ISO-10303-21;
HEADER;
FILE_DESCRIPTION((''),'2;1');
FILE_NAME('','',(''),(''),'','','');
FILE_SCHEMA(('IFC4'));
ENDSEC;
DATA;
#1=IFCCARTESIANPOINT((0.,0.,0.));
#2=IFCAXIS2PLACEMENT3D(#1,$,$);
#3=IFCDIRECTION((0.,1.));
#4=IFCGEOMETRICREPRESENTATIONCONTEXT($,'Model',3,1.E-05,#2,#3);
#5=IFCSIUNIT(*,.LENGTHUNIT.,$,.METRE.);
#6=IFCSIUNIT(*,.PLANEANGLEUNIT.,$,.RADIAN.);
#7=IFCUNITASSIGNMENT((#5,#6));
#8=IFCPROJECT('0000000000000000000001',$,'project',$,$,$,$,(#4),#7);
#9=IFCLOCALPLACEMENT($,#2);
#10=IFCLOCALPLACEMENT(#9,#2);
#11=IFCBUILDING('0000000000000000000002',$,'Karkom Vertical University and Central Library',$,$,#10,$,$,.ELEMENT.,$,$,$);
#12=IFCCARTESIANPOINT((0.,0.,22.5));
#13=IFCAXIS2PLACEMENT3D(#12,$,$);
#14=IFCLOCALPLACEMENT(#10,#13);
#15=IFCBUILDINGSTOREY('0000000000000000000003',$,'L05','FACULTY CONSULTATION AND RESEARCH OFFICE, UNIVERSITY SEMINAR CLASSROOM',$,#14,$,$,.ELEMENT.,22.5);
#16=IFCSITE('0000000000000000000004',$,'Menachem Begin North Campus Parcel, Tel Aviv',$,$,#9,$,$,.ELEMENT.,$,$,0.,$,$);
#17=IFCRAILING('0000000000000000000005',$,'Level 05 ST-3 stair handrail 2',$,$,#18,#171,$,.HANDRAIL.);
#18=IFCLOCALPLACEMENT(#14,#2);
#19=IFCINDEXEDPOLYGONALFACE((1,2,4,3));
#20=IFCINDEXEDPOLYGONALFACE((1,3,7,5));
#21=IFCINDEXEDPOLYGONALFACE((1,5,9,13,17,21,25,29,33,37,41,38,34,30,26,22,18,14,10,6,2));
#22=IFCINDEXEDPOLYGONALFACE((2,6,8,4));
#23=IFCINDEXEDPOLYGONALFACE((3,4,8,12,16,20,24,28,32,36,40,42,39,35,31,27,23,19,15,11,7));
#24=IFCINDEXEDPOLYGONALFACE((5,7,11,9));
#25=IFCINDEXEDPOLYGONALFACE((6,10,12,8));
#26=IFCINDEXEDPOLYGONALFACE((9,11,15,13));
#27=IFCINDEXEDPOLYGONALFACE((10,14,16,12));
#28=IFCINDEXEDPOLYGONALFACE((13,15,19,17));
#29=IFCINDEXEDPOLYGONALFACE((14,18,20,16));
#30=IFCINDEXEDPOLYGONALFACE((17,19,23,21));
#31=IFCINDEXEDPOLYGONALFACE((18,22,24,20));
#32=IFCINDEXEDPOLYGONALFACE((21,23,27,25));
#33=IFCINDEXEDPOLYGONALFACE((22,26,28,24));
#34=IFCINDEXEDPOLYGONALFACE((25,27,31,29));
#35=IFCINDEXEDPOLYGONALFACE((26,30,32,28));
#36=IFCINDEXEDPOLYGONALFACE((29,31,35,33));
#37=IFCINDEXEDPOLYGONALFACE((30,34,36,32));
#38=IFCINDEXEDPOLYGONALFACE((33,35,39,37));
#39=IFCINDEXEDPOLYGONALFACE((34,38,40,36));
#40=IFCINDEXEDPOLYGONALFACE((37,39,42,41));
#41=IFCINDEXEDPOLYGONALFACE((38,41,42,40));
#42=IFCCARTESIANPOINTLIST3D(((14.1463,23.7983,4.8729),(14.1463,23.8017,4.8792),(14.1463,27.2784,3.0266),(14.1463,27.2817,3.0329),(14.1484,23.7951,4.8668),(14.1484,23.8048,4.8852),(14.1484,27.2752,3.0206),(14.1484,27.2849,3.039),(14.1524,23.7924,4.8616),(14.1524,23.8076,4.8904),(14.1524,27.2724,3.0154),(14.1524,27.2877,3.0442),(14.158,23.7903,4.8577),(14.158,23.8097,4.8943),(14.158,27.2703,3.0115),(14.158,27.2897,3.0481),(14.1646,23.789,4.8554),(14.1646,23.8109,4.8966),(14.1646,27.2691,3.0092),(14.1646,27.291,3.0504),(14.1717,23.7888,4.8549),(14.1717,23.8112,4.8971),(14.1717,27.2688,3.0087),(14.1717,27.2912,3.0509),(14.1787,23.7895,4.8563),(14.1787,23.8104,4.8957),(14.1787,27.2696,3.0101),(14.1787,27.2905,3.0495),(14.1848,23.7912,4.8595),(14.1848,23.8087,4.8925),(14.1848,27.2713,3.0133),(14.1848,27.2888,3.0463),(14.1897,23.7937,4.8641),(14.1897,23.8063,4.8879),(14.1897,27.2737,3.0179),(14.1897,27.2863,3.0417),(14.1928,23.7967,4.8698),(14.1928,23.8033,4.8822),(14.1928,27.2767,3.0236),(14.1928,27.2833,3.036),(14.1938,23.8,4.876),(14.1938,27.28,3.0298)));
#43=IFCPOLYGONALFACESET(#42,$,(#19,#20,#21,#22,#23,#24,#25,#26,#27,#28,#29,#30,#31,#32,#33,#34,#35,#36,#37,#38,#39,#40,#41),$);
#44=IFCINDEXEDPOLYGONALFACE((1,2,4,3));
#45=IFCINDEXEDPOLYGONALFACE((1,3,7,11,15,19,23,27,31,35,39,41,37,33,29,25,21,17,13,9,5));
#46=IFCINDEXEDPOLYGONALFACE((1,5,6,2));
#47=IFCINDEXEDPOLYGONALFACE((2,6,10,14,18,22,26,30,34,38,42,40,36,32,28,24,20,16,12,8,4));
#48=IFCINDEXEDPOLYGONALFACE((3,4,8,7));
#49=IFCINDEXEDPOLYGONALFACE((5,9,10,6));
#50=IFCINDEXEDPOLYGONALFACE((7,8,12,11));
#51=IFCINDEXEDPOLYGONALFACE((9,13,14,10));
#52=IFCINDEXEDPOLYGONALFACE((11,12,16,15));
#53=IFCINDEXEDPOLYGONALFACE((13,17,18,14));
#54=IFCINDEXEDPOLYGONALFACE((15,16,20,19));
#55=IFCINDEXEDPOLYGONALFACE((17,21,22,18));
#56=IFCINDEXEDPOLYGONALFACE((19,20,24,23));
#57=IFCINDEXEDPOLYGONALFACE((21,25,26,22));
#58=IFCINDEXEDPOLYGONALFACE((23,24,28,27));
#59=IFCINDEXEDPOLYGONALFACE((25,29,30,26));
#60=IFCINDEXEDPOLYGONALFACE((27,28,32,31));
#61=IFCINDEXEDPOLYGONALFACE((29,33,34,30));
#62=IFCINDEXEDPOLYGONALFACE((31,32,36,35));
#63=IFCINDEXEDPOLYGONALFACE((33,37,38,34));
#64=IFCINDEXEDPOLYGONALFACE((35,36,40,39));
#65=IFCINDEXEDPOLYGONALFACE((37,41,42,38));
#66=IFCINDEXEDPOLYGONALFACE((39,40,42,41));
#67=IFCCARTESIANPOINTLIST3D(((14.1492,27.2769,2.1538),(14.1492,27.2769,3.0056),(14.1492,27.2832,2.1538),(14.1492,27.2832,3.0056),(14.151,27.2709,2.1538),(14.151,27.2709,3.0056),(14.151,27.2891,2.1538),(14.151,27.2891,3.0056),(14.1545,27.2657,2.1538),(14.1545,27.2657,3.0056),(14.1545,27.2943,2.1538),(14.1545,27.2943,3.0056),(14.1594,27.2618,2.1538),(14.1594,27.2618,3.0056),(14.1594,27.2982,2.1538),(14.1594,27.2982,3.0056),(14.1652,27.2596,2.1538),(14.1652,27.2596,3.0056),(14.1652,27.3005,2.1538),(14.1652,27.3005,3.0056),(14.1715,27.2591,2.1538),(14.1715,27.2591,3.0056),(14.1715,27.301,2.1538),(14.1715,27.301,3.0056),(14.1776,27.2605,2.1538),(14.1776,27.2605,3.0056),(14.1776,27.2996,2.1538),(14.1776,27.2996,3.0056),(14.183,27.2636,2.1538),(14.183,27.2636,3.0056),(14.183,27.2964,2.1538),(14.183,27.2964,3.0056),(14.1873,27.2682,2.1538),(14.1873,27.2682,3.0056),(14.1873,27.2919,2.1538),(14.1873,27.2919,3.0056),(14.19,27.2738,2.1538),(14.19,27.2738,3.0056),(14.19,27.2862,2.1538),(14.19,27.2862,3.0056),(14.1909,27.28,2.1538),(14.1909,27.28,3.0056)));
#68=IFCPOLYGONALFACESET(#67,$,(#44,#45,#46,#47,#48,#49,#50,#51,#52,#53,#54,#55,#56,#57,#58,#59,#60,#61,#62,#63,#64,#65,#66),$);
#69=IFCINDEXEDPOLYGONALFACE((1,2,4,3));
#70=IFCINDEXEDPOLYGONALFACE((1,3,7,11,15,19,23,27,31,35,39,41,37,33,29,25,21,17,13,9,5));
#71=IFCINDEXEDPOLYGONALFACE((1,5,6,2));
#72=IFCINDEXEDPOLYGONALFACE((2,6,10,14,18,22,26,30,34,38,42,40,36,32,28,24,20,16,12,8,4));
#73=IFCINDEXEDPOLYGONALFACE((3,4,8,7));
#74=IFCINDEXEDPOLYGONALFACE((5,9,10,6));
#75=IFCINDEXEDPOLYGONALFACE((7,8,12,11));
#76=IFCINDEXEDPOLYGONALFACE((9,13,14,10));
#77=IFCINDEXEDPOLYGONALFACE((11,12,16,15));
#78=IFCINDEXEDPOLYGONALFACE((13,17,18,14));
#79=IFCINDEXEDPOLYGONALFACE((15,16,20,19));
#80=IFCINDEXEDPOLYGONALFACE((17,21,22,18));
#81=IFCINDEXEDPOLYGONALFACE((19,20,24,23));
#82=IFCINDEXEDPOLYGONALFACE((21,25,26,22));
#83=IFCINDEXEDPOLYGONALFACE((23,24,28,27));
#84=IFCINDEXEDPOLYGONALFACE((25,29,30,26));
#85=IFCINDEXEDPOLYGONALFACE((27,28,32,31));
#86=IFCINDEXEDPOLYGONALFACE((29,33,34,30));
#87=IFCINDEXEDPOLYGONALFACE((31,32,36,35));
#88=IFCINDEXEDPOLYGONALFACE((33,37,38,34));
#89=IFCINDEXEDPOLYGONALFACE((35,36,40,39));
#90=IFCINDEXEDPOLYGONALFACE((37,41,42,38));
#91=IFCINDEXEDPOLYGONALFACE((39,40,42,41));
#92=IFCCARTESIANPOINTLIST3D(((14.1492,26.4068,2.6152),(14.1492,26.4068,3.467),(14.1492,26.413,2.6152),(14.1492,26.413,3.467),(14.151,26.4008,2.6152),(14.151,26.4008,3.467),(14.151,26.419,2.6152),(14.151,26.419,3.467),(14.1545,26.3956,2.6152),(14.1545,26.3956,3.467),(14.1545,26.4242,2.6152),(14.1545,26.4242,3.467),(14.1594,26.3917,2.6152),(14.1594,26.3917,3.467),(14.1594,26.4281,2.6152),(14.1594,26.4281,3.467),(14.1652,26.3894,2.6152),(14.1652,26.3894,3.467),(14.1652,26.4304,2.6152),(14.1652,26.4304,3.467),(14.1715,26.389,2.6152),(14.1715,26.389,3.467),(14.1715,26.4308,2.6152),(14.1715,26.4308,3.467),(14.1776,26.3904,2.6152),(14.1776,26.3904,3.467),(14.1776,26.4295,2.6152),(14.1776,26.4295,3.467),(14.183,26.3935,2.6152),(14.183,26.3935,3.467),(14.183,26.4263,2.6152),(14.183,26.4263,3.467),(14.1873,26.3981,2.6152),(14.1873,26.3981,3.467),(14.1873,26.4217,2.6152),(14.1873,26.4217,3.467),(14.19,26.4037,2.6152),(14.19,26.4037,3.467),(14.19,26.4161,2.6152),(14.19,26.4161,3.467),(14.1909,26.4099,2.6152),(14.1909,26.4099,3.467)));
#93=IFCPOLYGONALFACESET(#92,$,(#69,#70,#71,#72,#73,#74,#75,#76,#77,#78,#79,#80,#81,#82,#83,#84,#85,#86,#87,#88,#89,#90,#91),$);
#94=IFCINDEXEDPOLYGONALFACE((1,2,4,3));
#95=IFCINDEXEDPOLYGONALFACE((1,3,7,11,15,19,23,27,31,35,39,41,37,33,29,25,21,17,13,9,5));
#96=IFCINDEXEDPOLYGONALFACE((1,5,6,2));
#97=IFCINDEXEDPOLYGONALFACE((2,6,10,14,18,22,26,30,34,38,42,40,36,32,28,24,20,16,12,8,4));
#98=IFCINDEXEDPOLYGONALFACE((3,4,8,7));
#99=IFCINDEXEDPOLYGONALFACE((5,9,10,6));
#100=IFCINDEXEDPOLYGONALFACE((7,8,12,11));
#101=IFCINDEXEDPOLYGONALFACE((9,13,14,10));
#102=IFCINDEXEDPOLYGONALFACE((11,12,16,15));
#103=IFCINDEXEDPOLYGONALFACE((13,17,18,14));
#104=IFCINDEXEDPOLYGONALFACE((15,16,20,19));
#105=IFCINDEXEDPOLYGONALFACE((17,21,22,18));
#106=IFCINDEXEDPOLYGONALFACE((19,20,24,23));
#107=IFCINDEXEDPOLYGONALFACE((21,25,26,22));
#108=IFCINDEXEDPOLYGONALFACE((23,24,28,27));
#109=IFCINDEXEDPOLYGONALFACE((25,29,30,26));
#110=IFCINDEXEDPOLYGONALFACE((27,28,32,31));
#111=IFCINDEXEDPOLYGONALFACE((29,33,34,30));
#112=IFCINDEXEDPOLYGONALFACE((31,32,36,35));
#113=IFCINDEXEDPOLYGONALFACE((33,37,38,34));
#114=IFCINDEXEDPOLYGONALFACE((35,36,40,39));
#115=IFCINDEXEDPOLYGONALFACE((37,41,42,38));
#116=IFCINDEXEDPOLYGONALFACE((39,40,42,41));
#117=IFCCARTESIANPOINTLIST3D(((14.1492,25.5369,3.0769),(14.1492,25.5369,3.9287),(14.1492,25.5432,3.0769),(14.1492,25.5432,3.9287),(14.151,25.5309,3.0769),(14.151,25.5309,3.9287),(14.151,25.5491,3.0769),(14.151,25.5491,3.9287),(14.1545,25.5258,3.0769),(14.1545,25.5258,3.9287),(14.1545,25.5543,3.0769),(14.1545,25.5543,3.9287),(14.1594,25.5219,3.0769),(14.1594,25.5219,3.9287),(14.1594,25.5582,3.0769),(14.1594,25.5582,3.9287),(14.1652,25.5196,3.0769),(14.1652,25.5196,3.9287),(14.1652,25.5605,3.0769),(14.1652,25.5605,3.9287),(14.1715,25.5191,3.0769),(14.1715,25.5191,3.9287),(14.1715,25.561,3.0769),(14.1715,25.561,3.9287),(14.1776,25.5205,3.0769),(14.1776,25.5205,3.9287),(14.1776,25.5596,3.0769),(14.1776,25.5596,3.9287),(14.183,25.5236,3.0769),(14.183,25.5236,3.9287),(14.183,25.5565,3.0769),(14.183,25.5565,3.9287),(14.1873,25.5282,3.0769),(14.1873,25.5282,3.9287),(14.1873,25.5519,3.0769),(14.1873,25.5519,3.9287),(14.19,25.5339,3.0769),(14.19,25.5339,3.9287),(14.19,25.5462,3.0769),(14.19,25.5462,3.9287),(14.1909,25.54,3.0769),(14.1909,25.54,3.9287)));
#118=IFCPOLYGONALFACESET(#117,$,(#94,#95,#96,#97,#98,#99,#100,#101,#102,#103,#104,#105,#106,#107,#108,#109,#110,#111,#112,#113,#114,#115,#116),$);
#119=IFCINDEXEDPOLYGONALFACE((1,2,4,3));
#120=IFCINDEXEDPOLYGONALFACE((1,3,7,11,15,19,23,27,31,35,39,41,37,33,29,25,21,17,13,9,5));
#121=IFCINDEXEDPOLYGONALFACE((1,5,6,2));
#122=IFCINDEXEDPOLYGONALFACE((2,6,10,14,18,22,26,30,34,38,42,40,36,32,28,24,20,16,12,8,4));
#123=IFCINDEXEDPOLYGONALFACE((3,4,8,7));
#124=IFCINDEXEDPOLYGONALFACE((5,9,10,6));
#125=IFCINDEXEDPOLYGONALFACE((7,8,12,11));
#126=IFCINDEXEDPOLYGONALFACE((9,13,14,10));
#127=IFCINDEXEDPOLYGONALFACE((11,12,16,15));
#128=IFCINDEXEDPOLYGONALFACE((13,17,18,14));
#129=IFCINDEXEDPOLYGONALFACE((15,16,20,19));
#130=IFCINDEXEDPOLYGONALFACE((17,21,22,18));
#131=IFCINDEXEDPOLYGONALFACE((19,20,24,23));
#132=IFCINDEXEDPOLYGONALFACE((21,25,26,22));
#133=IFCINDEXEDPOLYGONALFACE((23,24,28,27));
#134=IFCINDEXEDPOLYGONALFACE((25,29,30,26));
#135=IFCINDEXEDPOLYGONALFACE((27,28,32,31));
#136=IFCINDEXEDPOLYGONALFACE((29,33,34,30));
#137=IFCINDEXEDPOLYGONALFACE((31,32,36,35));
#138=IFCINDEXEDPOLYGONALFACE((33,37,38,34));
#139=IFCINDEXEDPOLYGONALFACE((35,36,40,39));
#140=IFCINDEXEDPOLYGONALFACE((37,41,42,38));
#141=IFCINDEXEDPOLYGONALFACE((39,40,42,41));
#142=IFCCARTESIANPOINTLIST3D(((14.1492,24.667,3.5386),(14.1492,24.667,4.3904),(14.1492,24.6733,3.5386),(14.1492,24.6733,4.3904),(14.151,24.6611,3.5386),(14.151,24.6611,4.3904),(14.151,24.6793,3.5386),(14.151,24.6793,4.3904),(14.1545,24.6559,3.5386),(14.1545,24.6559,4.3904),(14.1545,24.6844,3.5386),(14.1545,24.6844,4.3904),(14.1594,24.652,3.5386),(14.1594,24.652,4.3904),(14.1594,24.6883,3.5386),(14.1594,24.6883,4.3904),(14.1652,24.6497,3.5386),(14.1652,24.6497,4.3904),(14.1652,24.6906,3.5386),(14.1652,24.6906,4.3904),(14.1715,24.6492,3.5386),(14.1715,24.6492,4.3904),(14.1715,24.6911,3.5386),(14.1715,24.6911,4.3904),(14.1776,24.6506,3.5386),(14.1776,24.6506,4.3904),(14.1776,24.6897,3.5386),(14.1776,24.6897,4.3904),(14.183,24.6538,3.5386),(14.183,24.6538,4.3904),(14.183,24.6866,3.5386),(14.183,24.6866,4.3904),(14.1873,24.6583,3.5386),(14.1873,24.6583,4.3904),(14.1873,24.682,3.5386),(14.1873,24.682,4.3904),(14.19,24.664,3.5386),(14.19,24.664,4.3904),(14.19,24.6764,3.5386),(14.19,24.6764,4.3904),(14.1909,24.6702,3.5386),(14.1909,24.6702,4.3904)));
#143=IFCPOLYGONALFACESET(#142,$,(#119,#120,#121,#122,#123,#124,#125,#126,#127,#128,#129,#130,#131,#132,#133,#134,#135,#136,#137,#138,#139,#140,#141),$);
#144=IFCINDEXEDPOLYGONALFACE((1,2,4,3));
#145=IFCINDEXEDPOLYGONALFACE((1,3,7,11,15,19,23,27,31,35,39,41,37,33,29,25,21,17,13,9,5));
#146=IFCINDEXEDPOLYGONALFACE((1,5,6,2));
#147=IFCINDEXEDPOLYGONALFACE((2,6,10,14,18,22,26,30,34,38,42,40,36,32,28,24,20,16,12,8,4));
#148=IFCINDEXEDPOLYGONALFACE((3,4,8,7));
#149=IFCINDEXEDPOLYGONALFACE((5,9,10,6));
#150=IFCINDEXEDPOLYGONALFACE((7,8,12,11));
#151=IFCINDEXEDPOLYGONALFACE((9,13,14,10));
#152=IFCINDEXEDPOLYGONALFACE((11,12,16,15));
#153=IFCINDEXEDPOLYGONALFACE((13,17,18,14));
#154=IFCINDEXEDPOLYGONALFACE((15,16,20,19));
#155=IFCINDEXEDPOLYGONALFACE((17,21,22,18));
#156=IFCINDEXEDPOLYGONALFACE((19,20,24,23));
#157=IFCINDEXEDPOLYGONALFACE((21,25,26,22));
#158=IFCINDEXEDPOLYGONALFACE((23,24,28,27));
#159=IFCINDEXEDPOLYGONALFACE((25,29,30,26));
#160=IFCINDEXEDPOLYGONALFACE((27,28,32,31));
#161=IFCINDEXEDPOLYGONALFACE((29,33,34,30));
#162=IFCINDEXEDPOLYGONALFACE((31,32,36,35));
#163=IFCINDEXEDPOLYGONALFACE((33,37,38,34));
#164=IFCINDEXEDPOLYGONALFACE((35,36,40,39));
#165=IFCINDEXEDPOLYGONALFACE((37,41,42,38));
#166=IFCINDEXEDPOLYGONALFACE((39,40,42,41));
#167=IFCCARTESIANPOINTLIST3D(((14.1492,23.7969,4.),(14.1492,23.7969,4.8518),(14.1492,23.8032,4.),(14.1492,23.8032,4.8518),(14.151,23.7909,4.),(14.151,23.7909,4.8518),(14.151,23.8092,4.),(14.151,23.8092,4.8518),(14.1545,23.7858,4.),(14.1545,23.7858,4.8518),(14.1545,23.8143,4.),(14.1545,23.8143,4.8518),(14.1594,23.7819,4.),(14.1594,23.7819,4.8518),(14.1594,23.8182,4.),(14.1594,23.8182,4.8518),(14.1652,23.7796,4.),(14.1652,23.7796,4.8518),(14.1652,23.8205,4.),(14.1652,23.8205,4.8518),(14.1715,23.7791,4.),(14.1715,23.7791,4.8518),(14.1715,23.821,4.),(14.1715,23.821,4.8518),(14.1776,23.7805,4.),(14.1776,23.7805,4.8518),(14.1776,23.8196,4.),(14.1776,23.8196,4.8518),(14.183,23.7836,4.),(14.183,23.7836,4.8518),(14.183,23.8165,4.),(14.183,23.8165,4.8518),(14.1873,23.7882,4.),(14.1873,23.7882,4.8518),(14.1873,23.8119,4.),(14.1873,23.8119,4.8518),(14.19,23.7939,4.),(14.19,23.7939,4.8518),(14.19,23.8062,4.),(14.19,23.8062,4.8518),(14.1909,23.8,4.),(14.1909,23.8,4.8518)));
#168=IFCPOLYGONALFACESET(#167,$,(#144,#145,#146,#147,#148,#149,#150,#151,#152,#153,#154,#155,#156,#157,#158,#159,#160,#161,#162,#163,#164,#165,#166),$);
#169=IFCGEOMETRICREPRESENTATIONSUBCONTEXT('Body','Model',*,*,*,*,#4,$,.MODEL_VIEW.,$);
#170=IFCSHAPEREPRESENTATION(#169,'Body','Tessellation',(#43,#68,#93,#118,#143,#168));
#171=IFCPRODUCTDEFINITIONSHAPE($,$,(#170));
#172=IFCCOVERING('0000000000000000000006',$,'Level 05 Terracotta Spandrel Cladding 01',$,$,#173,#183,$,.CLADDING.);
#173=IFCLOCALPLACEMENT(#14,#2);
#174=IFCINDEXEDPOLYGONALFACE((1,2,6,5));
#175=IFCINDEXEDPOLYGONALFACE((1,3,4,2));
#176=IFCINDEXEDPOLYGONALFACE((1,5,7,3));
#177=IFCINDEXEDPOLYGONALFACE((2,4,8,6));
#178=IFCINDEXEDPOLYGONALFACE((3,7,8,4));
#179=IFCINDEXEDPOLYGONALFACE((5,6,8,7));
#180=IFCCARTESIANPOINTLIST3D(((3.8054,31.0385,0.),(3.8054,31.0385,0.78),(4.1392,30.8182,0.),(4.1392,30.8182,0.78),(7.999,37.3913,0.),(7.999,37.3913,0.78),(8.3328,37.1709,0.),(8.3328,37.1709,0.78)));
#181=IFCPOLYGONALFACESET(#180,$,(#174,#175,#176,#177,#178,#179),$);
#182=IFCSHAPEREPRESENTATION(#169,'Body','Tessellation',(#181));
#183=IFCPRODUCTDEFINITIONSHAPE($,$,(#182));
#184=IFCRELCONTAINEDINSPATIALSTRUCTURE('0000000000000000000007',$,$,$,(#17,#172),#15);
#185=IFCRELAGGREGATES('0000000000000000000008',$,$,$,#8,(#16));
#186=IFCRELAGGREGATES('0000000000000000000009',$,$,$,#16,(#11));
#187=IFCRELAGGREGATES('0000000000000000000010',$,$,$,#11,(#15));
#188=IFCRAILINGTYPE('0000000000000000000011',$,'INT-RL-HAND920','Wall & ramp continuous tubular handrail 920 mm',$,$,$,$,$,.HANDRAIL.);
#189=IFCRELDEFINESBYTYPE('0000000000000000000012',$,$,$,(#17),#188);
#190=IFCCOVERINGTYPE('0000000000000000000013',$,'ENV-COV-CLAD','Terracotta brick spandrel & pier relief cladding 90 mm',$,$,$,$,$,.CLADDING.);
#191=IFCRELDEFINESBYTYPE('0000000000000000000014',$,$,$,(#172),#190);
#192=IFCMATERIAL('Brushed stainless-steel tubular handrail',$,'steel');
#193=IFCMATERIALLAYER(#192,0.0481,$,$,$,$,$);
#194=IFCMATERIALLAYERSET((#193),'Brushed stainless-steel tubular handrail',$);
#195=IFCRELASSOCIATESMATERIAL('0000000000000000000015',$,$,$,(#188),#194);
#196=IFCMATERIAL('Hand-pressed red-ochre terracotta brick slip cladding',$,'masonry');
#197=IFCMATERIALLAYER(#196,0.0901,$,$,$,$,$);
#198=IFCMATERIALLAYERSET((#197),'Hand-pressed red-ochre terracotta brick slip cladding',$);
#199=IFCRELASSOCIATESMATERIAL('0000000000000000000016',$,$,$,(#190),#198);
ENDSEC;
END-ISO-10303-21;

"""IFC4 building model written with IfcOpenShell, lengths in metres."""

from ifc_helpers import new_model, si_unit, direction, frame, origin, origin_with_axes, origin_2d, place, context, subcontext, project, spatial, rectangle, circle, extrude, source, transform, mapped, material, layer, layer_set, type_object, element, save


model = new_model("IFC4")

# Units and contexts
model_context = context("Model", 3, precision=1e-05, world=origin(), true_north=direction((0.0, 1.0)))
body_context = subcontext(model_context, "Body", "Model", "MODEL_VIEW")
ifc_project = project(units=[si_unit("LENGTHUNIT", "METRE"), si_unit("PLANEANGLEUNIT", "RADIAN")], contexts=[model_context])

# Site, building, storey
site_placement = place(None, origin())
site = spatial("IfcSite", under=ifc_project, at=site_placement, Name="Menachem Begin North Campus Parcel, Tel Aviv", CompositionType="ELEMENT", RefElevation=0.0)
building_placement = place(site_placement, origin())
building = spatial("IfcBuilding", under=site, at=building_placement, Name="Karkom Vertical University and Central Library", CompositionType="ELEMENT")
storey_placement = place(building_placement, frame((0.0, 0.0, 22.5)))
storey = spatial("IfcBuildingStorey", under=building, at=storey_placement, Name="L05", Description="FACULTY CONSULTATION AND RESEARCH OFFICE, UNIVERSITY SEMINAR CLASSROOM", CompositionType="ELEMENT", Elevation=22.5)

# Railing
ifc_material_1 = material(Name="Brushed stainless-steel tubular handrail", Category="steel")
ifc_layer_1 = layer(ifc_material_1, 0.0481)
ifc_layer_set_1 = layer_set([ifc_layer_1], Name="Brushed stainless-steel tubular handrail")
railing_type_1 = type_object("IfcRailingType", Name="INT-RL-HAND920", Description="Wall & ramp continuous tubular handrail 920 mm", PredefinedType="HANDRAIL", material=ifc_layer_set_1)
railing_1_placement = place(storey_placement, frame((14.1699, 27.28, 2.1538)))
element("IfcRailing", 1, at=railing_1_placement, inside=storey, type_object=railing_type_1, Name="Level 05 ST-3 stair handrail 2", PredefinedType="HANDRAIL", context=body_context, shape_type="SweptSolid", body=[
    extrude(circle(Radius=0.0239, at=origin_2d()), frame((0.0, 0.0, 0.876), z_axis=(0.0, -0.883384, 0.468651), x_axis=(1.0, 0.0, 0.0)), (0.0, 0.0, 1.0), 3.9395),
    extrude(circle(Radius=0.021, at=origin_2d()), origin(), (0.0, 0.0, 1.0), 0.8518),
    extrude(circle(Radius=0.021, at=origin_2d()), frame((0.0, -0.8701, 0.4614)), (0.0, 0.0, 1.0), 0.8518),
    extrude(circle(Radius=0.021, at=origin_2d()), frame((0.0, -1.74, 0.9231)), (0.0, 0.0, 1.0), 0.8518),
    extrude(circle(Radius=0.021, at=origin_2d()), frame((0.0, -2.6099, 1.3848)), (0.0, 0.0, 1.0), 0.8518),
    extrude(circle(Radius=0.021, at=origin_2d()), frame((0.0, -3.48, 1.8462)), (0.0, 0.0, 1.0), 0.8518),
])

# Covering
ifc_material_2 = material(Name="Hand-pressed red-ochre terracotta brick slip cladding", Category="masonry")
ifc_layer_2 = layer(ifc_material_2, 0.0901)
ifc_layer_set_2 = layer_set([ifc_layer_2], Name="Hand-pressed red-ochre terracotta brick slip cladding")
covering_type = type_object("IfcCoveringType", Name="ENV-COV-CLAD", Description="Terracotta brick spandrel & pier relief cladding 90 mm", PredefinedType="CLADDING", material=ifc_layer_set_2)
shared_shape_1 = source(origin_with_axes(), body_context, "Body", "SweptSolid", [
    extrude(rectangle(XDim=7.6121, YDim=0.3999, at=origin_2d()), origin(), (0.0, 0.0, 1.0), 0.78),
])
covering_placement = place(storey_placement, frame((6.0691, 34.1047, 0.0), z_axis=(0.0, 0.0, 1.0), x_axis=(-0.550918, -0.83456, 0.0)))
element("IfcCovering", 2, at=covering_placement, inside=storey, type_object=covering_type, Name="Level 05 Terracotta Spandrel Cladding 01", PredefinedType="CLADDING", context=body_context, shape_type="MappedRepresentation", body=[
    mapped(shared_shape_1, transform((0.0, 0.0, 0.0), scale=1.0)),
])

save(model, "model.ifc")
